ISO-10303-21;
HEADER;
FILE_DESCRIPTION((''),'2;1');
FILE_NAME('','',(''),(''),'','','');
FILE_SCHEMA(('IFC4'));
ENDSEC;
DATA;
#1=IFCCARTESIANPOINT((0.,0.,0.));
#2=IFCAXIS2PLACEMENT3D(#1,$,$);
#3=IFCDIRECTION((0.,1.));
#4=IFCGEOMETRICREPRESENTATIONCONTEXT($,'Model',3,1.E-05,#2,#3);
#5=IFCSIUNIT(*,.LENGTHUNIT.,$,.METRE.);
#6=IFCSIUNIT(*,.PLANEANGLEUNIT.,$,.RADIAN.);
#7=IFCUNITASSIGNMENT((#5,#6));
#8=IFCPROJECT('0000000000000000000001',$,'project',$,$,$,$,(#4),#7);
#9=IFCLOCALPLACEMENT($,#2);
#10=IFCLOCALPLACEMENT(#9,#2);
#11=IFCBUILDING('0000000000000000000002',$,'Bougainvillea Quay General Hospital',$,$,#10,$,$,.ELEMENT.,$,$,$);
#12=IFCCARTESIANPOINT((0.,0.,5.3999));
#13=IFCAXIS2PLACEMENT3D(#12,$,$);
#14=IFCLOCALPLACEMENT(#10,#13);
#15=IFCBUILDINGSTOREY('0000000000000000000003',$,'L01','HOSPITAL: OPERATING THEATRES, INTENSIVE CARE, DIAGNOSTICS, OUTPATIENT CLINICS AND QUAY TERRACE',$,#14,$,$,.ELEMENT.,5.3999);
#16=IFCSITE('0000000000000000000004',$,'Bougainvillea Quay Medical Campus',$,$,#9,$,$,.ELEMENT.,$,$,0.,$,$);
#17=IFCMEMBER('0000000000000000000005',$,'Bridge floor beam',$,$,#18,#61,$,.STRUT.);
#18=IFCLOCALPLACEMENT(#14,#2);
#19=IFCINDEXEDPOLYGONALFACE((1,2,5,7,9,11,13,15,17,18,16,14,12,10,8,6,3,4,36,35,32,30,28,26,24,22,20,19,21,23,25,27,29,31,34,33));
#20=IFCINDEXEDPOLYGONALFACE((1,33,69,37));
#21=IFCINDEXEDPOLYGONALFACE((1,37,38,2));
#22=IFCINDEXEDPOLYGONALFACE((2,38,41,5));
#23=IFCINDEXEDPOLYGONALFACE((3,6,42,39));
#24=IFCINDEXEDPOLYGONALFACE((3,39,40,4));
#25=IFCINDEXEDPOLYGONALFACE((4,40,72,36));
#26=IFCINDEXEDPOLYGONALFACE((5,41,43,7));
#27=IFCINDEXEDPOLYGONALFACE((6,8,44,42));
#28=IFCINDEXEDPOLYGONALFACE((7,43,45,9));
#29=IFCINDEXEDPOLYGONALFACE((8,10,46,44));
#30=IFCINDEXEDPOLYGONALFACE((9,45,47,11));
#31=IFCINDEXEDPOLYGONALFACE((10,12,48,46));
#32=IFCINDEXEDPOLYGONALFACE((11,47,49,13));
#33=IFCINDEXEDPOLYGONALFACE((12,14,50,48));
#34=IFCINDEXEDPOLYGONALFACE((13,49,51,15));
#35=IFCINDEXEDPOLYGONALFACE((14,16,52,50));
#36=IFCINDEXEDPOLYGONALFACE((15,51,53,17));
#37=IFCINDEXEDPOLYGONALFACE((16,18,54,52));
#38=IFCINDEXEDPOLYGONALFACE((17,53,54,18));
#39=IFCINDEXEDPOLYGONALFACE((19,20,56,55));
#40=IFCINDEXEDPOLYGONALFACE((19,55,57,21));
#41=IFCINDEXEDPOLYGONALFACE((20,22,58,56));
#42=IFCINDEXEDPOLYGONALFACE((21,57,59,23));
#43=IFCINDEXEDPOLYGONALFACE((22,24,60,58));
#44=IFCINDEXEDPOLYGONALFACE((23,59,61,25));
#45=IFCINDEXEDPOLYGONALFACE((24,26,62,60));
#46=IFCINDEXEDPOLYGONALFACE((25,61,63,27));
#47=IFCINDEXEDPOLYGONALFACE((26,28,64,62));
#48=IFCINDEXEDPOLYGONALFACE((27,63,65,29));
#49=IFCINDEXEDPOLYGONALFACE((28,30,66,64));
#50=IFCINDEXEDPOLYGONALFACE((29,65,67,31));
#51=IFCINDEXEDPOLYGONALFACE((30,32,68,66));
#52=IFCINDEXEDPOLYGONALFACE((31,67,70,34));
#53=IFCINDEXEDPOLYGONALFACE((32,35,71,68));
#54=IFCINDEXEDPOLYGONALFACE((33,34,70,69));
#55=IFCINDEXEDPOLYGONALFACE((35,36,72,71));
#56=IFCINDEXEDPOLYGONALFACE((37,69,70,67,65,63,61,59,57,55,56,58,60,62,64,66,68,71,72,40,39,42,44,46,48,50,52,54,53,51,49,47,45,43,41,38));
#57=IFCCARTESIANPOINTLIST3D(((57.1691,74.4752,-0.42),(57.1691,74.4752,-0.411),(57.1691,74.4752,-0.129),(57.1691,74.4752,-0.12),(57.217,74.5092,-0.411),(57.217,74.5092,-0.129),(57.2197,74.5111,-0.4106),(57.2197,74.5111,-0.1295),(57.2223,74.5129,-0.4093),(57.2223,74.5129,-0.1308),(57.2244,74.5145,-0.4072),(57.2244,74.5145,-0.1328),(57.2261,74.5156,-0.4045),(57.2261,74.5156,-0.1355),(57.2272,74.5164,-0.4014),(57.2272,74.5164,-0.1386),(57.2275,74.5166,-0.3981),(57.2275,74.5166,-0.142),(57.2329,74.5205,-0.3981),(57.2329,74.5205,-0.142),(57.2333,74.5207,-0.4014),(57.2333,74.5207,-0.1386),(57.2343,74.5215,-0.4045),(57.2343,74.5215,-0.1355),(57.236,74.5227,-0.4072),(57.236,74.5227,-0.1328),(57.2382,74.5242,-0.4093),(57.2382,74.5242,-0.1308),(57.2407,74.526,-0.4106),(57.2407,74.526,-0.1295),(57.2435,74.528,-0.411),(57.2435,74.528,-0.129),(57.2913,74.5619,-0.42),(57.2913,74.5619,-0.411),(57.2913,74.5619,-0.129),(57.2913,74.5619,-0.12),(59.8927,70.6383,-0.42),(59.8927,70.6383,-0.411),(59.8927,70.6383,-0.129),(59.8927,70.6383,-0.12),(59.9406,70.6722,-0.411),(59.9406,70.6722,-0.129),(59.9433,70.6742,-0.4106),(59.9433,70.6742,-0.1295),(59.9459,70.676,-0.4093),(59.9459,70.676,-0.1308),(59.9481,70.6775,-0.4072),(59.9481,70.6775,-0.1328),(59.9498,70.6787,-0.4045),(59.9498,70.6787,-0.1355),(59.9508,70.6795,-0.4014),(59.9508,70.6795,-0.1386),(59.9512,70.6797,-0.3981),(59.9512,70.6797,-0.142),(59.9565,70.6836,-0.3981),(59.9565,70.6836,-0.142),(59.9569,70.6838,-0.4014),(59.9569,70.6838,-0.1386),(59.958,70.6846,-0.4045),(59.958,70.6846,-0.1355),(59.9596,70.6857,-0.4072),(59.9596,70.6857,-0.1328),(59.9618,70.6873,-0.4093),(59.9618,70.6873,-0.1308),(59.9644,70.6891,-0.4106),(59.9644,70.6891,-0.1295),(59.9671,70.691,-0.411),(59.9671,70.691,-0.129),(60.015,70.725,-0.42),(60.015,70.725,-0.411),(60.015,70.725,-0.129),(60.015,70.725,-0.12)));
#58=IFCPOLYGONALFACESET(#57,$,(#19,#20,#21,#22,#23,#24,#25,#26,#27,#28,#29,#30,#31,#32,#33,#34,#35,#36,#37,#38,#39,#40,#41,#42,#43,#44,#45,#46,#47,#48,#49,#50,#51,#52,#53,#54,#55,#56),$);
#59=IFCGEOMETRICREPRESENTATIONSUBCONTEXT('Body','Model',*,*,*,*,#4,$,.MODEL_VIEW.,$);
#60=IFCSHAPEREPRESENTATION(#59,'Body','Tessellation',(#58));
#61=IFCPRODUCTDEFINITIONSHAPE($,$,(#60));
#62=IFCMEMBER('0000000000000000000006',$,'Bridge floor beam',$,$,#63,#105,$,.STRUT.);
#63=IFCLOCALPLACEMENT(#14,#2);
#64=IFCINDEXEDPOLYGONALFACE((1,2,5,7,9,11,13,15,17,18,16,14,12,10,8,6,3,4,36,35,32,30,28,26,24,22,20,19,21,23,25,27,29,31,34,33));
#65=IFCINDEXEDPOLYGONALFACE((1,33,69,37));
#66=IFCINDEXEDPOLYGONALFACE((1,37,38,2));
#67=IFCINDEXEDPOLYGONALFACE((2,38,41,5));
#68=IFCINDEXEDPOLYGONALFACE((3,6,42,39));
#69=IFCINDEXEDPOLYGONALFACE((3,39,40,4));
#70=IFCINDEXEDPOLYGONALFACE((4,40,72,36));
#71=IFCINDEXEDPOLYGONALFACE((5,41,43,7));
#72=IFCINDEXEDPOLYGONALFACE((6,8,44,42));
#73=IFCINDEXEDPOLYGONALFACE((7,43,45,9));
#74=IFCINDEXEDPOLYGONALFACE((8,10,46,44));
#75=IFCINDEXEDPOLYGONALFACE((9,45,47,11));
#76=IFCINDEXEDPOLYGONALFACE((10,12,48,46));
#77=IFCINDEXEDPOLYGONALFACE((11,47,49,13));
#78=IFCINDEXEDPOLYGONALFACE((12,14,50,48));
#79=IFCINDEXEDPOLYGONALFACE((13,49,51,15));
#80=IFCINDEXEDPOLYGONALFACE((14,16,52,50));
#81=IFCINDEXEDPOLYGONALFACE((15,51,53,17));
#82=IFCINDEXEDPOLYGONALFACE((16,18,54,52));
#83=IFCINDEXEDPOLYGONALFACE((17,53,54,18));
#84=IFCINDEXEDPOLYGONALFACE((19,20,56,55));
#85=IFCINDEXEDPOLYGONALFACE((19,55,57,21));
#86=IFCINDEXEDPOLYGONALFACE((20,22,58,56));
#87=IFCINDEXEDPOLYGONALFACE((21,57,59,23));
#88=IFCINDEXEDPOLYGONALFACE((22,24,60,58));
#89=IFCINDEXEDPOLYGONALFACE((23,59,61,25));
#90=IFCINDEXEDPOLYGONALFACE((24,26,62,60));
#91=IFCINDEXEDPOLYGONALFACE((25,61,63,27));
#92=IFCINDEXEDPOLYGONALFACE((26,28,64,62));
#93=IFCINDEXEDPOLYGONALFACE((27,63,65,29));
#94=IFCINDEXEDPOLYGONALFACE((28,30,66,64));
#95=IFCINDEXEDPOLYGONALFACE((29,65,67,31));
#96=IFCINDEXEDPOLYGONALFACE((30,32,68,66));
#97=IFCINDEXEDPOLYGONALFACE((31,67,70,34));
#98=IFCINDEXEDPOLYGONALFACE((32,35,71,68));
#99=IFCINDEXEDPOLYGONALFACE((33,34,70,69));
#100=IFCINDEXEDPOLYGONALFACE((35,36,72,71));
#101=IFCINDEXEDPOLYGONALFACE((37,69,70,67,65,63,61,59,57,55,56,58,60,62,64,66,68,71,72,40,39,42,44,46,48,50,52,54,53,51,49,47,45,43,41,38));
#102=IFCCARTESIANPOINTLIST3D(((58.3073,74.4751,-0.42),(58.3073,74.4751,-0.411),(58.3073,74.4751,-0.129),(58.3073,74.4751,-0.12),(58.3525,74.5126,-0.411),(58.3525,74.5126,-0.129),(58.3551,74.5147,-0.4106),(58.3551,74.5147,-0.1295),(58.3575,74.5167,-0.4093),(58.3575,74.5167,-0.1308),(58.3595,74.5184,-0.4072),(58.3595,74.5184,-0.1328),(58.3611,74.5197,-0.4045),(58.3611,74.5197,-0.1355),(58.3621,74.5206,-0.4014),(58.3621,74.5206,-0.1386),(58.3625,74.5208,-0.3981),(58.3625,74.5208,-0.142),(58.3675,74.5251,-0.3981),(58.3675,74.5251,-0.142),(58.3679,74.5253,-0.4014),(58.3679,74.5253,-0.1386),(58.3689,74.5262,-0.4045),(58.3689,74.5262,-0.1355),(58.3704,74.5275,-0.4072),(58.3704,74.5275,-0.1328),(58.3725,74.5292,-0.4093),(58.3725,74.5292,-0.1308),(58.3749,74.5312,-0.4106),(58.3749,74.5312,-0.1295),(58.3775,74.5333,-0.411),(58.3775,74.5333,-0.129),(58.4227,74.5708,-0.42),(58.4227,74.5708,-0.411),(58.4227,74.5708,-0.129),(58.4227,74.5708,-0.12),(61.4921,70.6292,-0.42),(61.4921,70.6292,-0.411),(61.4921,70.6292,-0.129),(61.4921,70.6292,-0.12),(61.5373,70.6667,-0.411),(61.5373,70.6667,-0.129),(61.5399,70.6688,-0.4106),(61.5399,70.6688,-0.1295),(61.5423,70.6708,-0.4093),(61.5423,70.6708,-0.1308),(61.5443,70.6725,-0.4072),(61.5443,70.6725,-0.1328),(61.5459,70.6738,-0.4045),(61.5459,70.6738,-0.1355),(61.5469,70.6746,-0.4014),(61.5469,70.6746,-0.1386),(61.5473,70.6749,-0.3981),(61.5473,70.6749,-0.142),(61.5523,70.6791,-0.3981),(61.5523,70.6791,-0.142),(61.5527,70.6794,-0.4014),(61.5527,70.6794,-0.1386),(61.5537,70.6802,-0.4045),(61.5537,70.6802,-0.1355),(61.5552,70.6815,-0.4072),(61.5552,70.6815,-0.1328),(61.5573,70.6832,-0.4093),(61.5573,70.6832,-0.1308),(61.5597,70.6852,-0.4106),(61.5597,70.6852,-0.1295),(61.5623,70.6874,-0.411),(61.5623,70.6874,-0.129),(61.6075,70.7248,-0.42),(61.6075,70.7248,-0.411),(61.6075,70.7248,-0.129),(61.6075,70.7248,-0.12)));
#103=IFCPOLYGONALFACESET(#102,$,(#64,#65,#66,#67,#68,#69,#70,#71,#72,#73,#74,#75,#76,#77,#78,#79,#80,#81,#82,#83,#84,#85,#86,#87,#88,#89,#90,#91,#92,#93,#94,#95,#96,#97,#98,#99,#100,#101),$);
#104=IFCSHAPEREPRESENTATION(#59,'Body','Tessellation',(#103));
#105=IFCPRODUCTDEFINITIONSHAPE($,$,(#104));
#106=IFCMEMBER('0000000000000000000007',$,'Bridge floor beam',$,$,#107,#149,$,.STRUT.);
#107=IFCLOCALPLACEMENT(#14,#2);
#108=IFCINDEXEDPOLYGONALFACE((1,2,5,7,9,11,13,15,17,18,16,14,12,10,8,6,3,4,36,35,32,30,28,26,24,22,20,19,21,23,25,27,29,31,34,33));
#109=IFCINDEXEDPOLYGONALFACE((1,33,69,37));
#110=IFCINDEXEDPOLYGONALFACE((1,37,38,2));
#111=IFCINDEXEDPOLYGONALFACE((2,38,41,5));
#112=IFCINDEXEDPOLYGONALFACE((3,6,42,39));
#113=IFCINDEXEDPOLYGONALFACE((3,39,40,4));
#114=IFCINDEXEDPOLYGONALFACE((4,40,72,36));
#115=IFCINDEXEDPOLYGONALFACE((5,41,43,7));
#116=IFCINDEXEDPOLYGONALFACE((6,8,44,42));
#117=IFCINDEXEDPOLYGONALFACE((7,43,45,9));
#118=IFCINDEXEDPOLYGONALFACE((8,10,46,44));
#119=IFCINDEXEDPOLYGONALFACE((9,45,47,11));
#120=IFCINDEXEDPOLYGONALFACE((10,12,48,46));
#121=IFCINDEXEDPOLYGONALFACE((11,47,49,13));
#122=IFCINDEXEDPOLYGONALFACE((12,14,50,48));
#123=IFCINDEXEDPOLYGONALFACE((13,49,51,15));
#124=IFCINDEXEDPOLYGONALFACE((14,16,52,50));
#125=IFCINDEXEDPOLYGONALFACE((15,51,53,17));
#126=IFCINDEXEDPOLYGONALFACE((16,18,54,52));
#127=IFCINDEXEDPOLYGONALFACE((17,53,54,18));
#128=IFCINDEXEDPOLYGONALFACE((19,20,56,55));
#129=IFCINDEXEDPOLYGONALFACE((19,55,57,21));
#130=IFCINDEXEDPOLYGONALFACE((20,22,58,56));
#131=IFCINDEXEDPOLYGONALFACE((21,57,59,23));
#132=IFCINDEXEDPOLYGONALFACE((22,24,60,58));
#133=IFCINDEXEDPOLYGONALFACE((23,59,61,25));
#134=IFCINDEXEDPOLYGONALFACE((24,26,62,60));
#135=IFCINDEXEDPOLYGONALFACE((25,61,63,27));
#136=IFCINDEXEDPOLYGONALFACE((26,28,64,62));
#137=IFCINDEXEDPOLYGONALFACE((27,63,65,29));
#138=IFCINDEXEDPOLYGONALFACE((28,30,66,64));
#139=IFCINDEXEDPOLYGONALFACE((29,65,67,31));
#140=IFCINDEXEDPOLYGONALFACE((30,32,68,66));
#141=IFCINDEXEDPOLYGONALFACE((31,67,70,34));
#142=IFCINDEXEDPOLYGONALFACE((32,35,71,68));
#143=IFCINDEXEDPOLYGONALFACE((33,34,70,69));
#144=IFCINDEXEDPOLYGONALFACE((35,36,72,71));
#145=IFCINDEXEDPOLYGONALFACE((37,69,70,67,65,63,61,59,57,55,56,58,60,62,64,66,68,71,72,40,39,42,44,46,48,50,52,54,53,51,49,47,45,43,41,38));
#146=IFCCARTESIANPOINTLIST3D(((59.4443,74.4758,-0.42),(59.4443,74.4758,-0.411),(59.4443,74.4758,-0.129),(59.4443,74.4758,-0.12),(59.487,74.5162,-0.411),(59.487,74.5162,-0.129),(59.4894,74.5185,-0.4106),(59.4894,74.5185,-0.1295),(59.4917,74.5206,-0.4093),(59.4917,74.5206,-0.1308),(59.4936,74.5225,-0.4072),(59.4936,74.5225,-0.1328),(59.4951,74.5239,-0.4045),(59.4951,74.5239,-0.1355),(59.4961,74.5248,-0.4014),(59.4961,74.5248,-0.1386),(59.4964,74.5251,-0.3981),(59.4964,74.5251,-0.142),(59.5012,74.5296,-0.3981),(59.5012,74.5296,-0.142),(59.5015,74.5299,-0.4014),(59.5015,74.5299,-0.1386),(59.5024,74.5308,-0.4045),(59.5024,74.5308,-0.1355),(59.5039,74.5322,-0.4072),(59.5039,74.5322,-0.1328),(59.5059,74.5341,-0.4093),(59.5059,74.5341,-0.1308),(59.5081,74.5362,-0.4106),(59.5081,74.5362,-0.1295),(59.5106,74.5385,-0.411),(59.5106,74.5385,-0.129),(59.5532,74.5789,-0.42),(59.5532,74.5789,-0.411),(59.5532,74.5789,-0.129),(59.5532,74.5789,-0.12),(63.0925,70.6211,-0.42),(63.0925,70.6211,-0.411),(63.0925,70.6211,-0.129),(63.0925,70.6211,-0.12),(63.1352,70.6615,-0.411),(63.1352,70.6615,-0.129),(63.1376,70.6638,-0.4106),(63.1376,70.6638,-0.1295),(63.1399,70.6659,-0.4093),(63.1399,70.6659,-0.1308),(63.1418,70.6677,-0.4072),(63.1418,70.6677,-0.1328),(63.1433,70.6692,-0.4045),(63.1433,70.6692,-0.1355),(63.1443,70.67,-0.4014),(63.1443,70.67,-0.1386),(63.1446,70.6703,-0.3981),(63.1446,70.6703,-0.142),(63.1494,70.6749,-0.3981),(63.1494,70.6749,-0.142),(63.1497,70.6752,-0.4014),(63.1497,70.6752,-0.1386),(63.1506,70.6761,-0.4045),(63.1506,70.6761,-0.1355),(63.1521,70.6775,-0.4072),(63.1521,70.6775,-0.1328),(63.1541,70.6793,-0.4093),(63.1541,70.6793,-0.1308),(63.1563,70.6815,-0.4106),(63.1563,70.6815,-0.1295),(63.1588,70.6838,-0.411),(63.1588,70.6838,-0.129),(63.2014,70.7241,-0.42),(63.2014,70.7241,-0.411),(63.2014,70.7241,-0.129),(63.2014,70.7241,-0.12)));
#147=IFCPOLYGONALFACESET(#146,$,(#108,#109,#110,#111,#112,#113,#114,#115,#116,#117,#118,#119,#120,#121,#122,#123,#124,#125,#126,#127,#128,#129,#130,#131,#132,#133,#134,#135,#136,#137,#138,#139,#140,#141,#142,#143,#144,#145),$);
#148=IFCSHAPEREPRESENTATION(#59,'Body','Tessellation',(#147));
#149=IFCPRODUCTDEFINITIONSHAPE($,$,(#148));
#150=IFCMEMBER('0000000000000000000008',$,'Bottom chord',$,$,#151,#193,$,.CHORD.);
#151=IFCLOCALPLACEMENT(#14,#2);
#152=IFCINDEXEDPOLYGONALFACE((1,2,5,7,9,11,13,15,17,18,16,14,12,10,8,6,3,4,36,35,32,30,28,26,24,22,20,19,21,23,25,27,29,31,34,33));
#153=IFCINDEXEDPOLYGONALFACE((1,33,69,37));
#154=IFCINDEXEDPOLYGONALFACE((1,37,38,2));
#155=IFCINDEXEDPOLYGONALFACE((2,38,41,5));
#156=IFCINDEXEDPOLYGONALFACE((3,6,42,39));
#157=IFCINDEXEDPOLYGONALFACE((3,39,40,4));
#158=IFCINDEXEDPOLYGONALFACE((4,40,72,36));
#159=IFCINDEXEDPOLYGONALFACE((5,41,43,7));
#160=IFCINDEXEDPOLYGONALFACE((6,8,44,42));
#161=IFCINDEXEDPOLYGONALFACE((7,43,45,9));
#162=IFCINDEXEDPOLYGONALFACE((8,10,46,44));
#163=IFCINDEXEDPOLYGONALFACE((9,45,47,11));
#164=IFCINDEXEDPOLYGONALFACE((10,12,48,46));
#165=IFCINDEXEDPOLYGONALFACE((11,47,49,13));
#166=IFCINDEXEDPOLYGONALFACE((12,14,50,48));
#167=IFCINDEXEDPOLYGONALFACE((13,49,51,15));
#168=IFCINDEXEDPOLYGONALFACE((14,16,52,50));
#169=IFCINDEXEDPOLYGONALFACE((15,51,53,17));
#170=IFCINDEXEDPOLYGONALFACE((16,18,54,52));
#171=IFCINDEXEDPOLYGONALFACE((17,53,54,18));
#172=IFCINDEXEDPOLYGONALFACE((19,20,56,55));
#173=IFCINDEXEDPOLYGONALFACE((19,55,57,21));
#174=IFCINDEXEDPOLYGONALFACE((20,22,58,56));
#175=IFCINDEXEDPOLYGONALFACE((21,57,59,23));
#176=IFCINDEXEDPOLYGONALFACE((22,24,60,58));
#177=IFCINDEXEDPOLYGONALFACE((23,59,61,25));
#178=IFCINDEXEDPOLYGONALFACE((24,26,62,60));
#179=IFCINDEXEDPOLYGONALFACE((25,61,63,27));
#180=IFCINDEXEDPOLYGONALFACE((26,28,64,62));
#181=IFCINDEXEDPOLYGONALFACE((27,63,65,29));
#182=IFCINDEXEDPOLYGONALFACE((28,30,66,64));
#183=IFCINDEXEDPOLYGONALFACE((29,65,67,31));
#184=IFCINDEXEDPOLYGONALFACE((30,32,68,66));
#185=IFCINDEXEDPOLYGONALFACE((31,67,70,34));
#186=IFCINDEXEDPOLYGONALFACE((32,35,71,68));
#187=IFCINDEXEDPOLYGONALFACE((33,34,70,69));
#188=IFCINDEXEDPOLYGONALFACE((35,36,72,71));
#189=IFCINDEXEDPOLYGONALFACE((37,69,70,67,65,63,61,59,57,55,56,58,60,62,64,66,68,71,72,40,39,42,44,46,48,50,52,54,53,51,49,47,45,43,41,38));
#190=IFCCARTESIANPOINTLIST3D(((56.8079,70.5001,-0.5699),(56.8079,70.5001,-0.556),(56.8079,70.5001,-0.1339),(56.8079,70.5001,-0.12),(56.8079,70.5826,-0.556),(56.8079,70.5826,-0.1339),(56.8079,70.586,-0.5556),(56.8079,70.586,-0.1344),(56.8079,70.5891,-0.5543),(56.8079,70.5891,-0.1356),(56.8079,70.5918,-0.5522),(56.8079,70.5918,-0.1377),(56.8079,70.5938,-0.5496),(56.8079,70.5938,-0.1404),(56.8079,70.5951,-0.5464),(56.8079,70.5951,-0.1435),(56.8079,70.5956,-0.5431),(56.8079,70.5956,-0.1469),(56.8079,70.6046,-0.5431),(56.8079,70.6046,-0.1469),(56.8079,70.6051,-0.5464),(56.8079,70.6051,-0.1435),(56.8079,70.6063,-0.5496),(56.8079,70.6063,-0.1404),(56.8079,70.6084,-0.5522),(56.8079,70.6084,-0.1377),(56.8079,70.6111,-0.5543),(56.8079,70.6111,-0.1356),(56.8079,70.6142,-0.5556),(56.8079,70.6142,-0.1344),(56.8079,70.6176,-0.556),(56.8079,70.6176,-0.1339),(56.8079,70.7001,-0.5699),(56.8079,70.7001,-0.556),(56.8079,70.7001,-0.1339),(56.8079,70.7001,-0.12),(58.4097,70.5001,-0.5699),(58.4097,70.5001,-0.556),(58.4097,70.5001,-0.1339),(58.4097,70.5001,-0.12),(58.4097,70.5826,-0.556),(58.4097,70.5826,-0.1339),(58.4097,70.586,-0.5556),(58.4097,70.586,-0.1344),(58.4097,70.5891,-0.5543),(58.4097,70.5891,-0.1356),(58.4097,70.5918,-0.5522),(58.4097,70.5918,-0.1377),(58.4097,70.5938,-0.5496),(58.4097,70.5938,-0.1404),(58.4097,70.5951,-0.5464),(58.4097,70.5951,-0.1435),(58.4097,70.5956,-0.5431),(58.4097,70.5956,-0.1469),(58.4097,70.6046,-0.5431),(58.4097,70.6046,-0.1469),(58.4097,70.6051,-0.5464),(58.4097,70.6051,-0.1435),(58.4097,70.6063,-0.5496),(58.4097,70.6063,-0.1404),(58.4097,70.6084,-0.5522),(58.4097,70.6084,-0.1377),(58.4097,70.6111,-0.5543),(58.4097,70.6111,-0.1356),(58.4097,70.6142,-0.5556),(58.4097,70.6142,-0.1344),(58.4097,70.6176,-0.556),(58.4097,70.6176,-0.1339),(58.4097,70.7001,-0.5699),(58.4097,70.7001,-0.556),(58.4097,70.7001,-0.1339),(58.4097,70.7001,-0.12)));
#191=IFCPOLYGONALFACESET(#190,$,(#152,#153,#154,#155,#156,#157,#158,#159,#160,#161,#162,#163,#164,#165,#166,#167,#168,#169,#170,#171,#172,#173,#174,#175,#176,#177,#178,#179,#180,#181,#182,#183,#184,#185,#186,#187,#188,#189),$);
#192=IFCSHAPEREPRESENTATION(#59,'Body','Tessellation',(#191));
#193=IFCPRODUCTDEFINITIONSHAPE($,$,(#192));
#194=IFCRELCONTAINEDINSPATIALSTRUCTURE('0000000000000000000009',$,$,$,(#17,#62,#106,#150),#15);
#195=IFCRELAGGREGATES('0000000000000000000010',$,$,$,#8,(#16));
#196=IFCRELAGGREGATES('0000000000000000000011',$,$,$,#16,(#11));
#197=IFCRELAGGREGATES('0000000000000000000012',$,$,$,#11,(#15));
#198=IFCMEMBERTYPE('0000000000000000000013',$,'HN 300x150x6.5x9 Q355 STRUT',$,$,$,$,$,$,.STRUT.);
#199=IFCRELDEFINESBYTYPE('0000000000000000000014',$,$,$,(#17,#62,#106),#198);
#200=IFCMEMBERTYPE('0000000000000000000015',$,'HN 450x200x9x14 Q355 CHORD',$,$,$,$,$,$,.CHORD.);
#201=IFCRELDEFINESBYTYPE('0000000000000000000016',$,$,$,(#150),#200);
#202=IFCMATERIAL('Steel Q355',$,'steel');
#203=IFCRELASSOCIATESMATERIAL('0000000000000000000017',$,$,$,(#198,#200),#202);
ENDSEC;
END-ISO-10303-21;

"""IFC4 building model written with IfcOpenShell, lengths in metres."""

from ifc_helpers import new_model, si_unit, direction, frame, origin, origin_2d, place, context, subcontext, project, spatial, i_section, extrude, material, material_profile, profile_set, type_object, element, save


model = new_model("IFC4")

# Units and contexts
model_context = context("Model", 3, precision=1e-05, world=origin(), true_north=direction((0.0, 1.0)))
body_context = subcontext(model_context, "Body", "Model", "MODEL_VIEW")
ifc_project = project(units=[si_unit("LENGTHUNIT", "METRE"), si_unit("PLANEANGLEUNIT", "RADIAN")], contexts=[model_context])

# Site, building, storey
site_placement = place(None, origin())
site = spatial("IfcSite", under=ifc_project, at=site_placement, Name="Bougainvillea Quay Medical Campus", CompositionType="ELEMENT", RefElevation=0.0)
building_placement = place(site_placement, origin())
building = spatial("IfcBuilding", under=site, at=building_placement, Name="Bougainvillea Quay General Hospital", CompositionType="ELEMENT")
storey_placement = place(building_placement, frame((0.0, 0.0, 5.3999)))
storey = spatial("IfcBuildingStorey", under=building, at=storey_placement, Name="L01", Description="HOSPITAL: OPERATING THEATRES, INTENSIVE CARE, DIAGNOSTICS, OUTPATIENT CLINICS AND QUAY TERRACE", CompositionType="ELEMENT", Elevation=5.3999)

# Members
ifc_material_1 = material(Name="Steel Q355", Category="steel")
ifc_material_profile_1 = material_profile(ifc_material_1, i_section(OverallWidth=0.1499, OverallDepth=0.3, WebThickness=0.0066, FlangeThickness=0.009, FilletRadius=0.0129, at=origin_2d()))
ifc_profile_set_1 = profile_set([ifc_material_profile_1], Name="Steel Q355")
member_type_1 = type_object("IfcMemberType", Name="HN 300x150x6.5x9 Q355 STRUT", PredefinedType="STRUT", material=ifc_profile_set_1)
member_1_placement = place(storey_placement, frame((57.2302, 74.5186, -0.27), z_axis=(0.578841, -0.815441, 0.0), x_axis=(0.815441, 0.578841, 0.0)))
element("IfcMember", 1, at=member_1_placement, inside=storey, type_object=member_type_1, Name="Bridge floor beam", PredefinedType="STRUT", context=body_context, shape_type="SweptSolid", body=[
    extrude(i_section(OverallWidth=0.1499, OverallDepth=0.3, WebThickness=0.0066, FlangeThickness=0.009, FilletRadius=0.0129, at=origin_2d()), origin(), (0.0, 0.0, 1.0), 4.7053),
])
member_2_placement = place(storey_placement, frame((58.365, 74.5229, -0.27), z_axis=(0.637801, -0.770201, 0.0), x_axis=(0.770201, 0.637801, 0.0)))
element("IfcMember", 2, at=member_2_placement, inside=storey, type_object=member_type_1, Name="Bridge floor beam", PredefinedType="STRUT", context=body_context, shape_type="SweptSolid", body=[
    extrude(i_section(OverallWidth=0.1499, OverallDepth=0.3, WebThickness=0.0066, FlangeThickness=0.009, FilletRadius=0.0129, at=origin_2d()), origin(), (0.0, 0.0, 1.0), 4.9934),
])
member_3_placement = place(storey_placement, frame((59.4988, 74.5273, -0.27), z_axis=(0.687381, -0.726297, 0.0), x_axis=(0.726297, 0.687381, 0.0)))
element("IfcMember", 3, at=member_3_placement, inside=storey, type_object=member_type_1, Name="Bridge floor beam", PredefinedType="STRUT", context=body_context, shape_type="SweptSolid", body=[
    extrude(i_section(OverallWidth=0.1499, OverallDepth=0.3, WebThickness=0.0066, FlangeThickness=0.009, FilletRadius=0.0129, at=origin_2d()), origin(), (0.0, 0.0, 1.0), 5.3074),
])
ifc_material_profile_2 = material_profile(ifc_material_1, i_section(OverallWidth=0.2, OverallDepth=0.45, WebThickness=0.009, FlangeThickness=0.0139, FilletRadius=0.0129, at=origin_2d()))
ifc_profile_set_2 = profile_set([ifc_material_profile_2], Name="Steel Q355")
member_type_2 = type_object("IfcMemberType", Name="HN 450x200x9x14 Q355 CHORD", PredefinedType="CHORD", material=ifc_profile_set_2)
for number, where, z_axis, x_axis, name in (
    (4, (56.8079, 70.6001, -0.345), (1.0, 0.0, 0.0), (0.0, 1.0, 0.0), "Bottom chord"),
):
    element("IfcMember", number, at=place(storey_placement, frame(where, z_axis=z_axis, x_axis=x_axis)), inside=storey, type_object=member_type_2, Name=name, PredefinedType="CHORD", context=body_context, shape_type="SweptSolid", body=[
        extrude(i_section(OverallWidth=0.2, OverallDepth=0.45, WebThickness=0.009, FlangeThickness=0.0139, FilletRadius=0.0129, at=origin_2d()), origin(), (0.0, 0.0, 1.0), 1.6018),
    ])

save(model, "model.ifc")
